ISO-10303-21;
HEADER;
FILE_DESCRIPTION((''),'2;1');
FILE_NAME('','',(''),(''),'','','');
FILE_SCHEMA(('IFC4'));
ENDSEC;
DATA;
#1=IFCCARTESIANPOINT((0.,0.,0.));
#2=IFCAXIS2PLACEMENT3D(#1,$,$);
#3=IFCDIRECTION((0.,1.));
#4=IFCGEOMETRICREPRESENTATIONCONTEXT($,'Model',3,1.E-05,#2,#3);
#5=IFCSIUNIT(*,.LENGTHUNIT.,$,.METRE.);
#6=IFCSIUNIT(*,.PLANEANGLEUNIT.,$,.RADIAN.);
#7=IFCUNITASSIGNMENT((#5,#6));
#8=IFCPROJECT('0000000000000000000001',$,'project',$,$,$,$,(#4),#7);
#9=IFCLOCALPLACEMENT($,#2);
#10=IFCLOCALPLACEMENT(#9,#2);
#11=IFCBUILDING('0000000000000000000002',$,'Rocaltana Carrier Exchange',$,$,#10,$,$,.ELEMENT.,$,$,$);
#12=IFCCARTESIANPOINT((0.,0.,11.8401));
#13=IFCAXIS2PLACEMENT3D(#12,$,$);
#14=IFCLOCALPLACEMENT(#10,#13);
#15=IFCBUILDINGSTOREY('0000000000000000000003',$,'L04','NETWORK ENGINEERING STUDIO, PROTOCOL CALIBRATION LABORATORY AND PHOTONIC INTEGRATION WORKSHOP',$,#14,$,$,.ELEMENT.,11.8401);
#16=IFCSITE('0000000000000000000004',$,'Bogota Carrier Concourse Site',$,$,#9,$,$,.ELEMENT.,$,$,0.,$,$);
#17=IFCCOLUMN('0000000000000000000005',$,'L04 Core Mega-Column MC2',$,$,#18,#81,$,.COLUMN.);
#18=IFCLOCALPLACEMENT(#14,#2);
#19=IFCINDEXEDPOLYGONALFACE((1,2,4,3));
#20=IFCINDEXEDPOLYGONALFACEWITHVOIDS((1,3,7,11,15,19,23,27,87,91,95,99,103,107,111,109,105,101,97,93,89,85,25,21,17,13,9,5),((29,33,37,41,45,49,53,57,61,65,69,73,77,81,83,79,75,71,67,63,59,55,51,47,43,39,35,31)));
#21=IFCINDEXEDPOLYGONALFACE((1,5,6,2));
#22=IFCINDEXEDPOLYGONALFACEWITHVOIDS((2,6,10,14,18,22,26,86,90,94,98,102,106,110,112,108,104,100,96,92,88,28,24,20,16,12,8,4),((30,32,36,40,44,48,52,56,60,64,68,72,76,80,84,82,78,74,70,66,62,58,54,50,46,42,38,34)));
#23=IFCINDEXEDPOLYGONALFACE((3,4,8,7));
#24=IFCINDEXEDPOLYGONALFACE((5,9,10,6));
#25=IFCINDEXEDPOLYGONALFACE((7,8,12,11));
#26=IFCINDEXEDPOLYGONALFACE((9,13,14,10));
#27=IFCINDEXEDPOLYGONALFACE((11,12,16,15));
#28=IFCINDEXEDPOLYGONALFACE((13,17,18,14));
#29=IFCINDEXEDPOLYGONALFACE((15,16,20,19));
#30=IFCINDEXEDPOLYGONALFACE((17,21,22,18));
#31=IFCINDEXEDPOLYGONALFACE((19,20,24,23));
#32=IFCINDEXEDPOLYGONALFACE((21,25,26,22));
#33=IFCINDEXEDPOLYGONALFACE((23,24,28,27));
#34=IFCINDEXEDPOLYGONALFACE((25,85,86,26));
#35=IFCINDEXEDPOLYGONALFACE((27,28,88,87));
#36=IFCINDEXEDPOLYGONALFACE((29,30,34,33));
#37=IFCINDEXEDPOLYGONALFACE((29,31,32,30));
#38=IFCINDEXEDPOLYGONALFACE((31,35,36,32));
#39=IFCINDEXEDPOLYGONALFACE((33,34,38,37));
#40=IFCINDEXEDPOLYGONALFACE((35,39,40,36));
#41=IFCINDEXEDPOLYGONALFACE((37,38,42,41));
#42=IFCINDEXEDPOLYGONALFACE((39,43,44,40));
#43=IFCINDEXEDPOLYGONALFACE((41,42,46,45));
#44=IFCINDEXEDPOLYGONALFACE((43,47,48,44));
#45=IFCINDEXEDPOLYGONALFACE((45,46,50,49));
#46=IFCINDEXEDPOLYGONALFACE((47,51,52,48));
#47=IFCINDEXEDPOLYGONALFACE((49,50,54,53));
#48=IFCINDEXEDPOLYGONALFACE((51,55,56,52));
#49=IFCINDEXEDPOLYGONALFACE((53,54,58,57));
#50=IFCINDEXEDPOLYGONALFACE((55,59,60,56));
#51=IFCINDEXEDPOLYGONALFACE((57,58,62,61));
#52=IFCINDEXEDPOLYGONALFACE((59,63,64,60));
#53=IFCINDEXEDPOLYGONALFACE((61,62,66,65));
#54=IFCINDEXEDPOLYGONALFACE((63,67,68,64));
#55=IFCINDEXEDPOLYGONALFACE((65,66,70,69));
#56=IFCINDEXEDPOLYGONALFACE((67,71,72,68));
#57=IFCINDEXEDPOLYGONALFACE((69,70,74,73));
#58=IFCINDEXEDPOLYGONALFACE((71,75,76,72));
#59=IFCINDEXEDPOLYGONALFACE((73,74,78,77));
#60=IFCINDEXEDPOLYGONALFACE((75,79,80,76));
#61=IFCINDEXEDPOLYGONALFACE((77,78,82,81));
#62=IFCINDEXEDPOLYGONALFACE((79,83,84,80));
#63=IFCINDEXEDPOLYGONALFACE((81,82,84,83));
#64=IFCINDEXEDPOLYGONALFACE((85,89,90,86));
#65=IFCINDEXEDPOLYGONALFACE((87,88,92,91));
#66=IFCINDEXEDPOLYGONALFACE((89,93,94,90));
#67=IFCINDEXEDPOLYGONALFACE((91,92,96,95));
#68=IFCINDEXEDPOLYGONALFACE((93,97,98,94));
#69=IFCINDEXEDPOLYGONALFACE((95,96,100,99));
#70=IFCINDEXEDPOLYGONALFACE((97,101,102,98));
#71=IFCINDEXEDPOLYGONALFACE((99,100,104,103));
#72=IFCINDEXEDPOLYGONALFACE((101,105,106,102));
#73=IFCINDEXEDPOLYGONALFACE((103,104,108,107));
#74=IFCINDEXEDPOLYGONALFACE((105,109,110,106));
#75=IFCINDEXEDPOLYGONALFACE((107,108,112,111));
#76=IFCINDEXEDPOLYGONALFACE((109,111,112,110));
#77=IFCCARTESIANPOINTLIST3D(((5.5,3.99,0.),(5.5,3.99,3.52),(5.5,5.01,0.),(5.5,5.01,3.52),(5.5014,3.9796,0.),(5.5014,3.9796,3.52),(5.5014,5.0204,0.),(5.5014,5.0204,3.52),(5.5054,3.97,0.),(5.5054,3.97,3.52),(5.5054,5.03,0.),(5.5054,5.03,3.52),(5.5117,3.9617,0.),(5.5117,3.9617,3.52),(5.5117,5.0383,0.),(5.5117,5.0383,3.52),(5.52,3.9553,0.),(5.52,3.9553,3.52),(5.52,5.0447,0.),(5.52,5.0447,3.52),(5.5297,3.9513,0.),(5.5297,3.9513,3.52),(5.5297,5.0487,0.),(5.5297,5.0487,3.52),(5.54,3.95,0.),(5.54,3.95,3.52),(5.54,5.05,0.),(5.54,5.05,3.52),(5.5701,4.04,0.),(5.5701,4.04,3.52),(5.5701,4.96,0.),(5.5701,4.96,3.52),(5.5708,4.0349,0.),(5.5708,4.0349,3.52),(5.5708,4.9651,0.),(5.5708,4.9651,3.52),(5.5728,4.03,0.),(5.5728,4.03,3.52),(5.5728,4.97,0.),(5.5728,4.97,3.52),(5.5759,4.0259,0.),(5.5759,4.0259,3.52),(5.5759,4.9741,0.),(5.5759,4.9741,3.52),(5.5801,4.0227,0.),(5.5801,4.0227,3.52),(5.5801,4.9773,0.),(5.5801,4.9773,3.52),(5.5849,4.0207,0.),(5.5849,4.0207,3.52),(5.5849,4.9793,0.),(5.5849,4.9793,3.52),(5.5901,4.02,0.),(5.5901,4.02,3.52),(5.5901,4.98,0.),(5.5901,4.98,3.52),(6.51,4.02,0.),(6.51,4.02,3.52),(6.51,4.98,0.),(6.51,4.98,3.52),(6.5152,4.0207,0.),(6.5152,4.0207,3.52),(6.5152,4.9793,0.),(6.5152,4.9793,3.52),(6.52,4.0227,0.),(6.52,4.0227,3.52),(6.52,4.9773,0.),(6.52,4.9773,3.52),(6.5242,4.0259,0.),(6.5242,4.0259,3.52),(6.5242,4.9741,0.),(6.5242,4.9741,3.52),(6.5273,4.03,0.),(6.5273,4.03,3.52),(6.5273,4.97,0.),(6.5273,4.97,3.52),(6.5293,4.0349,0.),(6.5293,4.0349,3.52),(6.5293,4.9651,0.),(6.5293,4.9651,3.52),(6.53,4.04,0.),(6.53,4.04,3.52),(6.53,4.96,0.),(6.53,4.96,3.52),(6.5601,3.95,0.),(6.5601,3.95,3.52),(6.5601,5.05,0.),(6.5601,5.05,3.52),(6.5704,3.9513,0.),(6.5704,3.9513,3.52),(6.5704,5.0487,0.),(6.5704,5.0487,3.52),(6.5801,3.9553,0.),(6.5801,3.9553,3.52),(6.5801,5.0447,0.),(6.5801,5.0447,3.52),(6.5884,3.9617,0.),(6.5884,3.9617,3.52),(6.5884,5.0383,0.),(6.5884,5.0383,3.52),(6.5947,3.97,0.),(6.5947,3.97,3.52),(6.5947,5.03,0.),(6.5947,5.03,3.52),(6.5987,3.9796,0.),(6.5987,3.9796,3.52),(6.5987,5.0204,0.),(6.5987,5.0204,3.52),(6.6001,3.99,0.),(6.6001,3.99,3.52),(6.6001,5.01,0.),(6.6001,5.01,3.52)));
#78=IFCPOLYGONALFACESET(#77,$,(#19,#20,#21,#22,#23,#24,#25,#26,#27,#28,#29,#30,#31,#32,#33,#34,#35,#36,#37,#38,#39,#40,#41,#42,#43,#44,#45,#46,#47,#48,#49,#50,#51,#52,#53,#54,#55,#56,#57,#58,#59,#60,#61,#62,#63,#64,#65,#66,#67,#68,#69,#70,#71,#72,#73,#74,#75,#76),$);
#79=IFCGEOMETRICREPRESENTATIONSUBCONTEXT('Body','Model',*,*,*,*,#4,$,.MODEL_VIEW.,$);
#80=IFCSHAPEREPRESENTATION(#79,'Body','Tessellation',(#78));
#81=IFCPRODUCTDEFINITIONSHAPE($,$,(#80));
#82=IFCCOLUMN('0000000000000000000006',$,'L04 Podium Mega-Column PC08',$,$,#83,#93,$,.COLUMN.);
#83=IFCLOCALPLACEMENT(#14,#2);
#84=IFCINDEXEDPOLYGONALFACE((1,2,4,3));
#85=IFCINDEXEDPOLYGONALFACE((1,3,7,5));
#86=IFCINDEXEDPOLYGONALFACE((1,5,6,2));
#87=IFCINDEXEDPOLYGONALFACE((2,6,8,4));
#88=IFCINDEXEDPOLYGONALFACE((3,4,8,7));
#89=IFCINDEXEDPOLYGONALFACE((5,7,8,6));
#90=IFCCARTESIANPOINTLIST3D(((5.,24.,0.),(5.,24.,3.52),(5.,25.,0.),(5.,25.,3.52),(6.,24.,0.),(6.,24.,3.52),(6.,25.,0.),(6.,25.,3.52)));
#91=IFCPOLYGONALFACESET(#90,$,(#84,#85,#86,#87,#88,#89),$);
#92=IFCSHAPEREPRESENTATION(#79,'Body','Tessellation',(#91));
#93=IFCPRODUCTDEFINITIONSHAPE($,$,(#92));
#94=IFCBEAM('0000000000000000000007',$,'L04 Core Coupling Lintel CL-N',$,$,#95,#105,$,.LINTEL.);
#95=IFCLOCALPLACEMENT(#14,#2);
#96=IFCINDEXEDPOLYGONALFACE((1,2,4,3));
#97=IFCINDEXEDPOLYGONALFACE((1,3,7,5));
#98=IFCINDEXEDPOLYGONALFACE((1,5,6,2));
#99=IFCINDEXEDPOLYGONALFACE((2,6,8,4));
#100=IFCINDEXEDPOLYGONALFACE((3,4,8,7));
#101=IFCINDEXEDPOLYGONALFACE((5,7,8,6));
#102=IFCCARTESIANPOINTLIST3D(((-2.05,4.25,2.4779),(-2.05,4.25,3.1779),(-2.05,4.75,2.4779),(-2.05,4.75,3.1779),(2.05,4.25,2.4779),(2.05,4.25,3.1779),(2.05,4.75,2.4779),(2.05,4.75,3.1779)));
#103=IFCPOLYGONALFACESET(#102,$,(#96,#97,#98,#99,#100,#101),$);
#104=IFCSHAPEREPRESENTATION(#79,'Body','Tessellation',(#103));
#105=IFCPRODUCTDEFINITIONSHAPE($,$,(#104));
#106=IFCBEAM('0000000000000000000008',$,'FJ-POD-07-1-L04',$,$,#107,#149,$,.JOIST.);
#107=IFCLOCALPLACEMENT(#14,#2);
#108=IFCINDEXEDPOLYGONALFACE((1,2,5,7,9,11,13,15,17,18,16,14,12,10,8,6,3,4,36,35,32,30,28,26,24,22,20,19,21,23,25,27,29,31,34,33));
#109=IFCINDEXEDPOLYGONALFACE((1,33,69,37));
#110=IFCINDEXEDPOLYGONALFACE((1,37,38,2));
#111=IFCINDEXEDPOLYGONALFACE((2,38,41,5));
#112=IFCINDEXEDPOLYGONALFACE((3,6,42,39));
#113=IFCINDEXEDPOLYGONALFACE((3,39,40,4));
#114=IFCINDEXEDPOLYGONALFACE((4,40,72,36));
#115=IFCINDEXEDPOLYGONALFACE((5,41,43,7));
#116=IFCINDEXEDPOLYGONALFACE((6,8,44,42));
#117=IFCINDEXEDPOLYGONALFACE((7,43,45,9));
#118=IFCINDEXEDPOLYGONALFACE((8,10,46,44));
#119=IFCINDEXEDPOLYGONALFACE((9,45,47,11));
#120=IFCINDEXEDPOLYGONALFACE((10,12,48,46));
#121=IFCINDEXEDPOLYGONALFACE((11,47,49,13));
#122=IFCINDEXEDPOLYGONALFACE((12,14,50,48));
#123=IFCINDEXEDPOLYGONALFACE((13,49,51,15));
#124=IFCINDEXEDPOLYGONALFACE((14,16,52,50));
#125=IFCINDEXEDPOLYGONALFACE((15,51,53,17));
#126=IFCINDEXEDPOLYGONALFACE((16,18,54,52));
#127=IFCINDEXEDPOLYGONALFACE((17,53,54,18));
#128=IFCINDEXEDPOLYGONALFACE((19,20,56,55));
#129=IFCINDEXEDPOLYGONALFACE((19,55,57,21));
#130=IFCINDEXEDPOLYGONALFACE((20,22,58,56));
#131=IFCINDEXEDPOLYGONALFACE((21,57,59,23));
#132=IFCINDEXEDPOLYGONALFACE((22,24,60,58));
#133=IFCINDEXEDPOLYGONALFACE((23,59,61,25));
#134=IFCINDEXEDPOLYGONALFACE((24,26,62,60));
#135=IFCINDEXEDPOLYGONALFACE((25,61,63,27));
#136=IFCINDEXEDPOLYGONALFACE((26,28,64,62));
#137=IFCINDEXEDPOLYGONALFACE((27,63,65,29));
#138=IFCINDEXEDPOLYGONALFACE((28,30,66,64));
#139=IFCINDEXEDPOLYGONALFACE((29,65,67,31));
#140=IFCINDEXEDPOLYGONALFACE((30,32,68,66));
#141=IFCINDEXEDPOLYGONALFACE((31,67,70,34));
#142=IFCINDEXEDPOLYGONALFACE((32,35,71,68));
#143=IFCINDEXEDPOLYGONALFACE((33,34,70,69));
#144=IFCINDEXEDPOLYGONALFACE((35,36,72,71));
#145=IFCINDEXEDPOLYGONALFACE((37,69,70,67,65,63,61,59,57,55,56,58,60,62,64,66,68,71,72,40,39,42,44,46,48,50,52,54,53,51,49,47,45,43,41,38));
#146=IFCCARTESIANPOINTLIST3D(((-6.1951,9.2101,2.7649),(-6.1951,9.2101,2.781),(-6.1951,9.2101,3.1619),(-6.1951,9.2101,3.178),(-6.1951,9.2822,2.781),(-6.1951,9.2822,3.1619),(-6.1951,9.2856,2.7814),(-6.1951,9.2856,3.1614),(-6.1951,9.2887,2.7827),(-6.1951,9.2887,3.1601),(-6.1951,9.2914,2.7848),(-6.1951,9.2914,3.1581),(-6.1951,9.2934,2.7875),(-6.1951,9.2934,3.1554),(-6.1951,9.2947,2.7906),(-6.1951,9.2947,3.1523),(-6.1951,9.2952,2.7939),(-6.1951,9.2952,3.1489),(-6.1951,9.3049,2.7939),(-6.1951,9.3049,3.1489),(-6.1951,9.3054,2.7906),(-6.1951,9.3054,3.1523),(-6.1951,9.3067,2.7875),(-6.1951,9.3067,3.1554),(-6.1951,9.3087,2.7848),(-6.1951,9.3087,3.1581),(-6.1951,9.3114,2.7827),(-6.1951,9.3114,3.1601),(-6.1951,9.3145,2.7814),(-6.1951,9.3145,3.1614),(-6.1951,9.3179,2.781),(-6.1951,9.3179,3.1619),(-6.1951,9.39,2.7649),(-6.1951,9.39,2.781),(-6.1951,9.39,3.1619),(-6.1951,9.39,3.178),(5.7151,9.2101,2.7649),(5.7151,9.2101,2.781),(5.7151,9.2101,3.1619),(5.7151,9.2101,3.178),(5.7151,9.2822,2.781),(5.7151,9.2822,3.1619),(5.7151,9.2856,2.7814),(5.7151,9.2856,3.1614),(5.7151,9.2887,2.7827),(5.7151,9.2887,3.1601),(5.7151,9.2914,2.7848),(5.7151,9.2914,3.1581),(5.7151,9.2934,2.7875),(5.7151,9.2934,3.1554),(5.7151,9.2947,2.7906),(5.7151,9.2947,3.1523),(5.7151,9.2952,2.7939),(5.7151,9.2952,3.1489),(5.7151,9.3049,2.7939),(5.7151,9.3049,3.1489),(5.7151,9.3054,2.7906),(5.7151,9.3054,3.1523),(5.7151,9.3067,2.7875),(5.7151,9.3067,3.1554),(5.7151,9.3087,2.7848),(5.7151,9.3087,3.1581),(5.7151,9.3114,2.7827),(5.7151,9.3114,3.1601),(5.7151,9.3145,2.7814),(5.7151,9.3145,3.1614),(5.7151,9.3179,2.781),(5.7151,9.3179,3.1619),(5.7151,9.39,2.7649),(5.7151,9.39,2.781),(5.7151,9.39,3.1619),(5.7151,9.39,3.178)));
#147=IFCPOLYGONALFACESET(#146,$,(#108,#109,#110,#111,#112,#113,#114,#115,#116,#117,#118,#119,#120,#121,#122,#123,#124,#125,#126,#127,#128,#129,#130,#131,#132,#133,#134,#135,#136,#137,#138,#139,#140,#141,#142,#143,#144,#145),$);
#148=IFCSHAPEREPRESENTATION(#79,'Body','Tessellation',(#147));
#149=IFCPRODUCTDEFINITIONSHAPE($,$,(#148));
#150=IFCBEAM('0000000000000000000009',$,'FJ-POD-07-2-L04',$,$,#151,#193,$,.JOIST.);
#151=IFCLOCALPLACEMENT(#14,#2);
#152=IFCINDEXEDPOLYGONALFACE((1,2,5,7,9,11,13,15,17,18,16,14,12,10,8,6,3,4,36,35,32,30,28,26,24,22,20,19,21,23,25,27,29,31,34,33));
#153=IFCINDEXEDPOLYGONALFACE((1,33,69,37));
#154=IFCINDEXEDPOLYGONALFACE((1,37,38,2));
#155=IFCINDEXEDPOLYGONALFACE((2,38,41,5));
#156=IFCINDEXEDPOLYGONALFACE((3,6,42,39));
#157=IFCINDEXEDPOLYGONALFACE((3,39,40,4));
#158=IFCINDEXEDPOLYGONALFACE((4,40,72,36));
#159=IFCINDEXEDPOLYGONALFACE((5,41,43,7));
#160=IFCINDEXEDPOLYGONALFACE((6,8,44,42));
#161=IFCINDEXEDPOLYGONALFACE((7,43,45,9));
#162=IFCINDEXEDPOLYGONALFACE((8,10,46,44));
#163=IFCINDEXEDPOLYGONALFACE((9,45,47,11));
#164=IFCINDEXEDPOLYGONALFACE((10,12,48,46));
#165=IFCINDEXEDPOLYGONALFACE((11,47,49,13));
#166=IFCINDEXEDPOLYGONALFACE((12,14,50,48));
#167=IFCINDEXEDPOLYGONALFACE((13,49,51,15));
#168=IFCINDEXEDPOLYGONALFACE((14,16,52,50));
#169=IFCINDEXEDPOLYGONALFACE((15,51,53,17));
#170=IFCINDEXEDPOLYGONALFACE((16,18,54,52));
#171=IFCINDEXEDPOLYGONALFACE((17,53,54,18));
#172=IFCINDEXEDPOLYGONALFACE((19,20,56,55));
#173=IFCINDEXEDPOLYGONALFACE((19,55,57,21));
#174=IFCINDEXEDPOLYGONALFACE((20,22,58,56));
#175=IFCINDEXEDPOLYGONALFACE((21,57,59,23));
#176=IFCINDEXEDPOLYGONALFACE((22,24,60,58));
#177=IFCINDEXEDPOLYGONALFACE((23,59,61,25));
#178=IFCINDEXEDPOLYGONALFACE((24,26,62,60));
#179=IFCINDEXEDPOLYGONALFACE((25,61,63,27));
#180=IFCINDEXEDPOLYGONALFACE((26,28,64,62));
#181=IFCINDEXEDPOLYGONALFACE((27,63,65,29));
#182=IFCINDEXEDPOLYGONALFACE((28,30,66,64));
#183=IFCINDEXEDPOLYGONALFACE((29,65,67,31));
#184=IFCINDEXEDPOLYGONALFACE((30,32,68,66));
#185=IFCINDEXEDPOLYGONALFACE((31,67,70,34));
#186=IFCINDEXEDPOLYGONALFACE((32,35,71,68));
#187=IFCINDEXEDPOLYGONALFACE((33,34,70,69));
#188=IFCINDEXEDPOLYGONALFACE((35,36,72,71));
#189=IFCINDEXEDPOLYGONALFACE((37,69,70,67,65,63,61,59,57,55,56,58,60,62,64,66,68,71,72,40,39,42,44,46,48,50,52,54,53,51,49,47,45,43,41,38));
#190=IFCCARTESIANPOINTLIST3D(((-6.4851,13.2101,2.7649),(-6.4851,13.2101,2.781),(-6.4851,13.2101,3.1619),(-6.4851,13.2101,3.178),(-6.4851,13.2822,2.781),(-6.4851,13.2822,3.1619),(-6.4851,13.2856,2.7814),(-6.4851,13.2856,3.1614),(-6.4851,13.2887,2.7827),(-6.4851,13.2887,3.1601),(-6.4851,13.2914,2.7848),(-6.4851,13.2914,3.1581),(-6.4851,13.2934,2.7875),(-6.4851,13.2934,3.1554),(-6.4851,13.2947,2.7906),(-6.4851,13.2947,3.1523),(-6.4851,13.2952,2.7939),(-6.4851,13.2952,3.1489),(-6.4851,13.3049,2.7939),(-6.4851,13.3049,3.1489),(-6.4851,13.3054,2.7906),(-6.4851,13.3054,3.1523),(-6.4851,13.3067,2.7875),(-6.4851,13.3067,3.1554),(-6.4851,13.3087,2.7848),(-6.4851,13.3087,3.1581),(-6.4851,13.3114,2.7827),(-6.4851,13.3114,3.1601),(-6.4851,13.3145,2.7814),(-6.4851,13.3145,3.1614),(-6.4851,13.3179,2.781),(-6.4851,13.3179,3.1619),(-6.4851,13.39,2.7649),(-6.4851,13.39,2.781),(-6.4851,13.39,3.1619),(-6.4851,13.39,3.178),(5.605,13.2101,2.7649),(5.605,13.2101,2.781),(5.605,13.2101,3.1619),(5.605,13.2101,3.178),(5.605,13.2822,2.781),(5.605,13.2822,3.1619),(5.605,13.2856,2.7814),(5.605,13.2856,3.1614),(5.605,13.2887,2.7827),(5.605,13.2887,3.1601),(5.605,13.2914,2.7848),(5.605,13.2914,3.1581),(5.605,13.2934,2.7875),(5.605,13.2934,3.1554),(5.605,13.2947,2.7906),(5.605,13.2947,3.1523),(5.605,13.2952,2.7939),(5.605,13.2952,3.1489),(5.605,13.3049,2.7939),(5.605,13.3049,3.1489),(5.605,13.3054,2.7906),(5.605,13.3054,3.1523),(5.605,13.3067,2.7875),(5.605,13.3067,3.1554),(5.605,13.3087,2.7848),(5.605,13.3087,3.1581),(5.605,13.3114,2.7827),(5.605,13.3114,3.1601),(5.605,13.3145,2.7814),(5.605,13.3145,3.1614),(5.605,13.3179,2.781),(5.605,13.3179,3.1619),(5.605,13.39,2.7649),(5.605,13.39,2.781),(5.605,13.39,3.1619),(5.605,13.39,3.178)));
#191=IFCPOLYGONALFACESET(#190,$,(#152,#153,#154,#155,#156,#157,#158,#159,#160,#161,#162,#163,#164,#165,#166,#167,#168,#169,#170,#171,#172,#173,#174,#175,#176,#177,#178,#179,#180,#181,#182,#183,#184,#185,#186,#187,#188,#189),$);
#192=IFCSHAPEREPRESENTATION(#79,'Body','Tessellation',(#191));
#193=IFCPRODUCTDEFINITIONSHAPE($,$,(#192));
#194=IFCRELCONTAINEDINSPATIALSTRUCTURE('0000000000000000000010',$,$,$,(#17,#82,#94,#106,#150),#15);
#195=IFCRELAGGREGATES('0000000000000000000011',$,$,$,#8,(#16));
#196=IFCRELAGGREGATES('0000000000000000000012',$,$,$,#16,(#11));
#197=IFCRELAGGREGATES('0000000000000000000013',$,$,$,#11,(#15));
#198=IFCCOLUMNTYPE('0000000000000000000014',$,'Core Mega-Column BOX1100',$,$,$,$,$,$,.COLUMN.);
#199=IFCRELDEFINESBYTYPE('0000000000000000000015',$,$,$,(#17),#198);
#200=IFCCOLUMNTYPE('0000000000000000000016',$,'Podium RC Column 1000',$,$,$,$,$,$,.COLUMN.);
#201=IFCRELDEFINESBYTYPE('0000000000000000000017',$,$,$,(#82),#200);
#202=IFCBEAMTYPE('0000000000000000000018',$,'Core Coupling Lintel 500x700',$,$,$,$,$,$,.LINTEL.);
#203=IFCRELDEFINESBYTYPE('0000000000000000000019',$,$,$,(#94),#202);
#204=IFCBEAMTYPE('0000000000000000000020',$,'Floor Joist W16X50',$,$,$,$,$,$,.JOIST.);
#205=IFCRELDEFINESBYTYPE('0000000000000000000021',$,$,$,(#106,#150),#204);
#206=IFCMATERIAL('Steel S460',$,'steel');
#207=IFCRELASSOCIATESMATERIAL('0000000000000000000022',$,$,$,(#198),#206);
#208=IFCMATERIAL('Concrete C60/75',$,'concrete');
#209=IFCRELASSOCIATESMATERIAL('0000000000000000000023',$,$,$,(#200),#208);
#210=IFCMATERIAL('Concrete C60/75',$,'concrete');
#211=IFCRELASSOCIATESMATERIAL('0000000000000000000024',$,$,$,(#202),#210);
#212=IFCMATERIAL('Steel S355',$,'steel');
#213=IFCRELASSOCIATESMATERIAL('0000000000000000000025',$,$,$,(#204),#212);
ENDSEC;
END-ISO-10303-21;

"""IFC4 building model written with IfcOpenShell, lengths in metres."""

from ifc_helpers import new_model, si_unit, direction, frame, origin, origin_2d, place, context, subcontext, project, spatial, rectangle, hollow_rectangle, i_section, extrude, material, material_profile, profile_set, type_object, element, save


model = new_model("IFC4")

# Units and contexts
model_context = context("Model", 3, precision=1e-05, world=origin(), true_north=direction((0.0, 1.0)))
body_context = subcontext(model_context, "Body", "Model", "MODEL_VIEW")
ifc_project = project(units=[si_unit("LENGTHUNIT", "METRE"), si_unit("PLANEANGLEUNIT", "RADIAN")], contexts=[model_context])

# Site, building, storey
site_placement = place(None, origin())
site = spatial("IfcSite", under=ifc_project, at=site_placement, Name="Bogota Carrier Concourse Site", CompositionType="ELEMENT", RefElevation=0.0)
building_placement = place(site_placement, origin())
building = spatial("IfcBuilding", under=site, at=building_placement, Name="Rocaltana Carrier Exchange", CompositionType="ELEMENT")
storey_placement = place(building_placement, frame((0.0, 0.0, 11.8401)))
storey = spatial("IfcBuildingStorey", under=building, at=storey_placement, Name="L04", Description="NETWORK ENGINEERING STUDIO, PROTOCOL CALIBRATION LABORATORY AND PHOTONIC INTEGRATION WORKSHOP", CompositionType="ELEMENT", Elevation=11.8401)

# Columns
ifc_material_1 = material(Name="Steel S460", Category="steel")
ifc_material_profile_1 = material_profile(ifc_material_1, hollow_rectangle(XDim=1.1001, YDim=1.1001, WallThickness=0.0701, InnerFilletRadius=0.02, OuterFilletRadius=0.04, at=origin_2d()), Name="BOX1100X1100X70")
ifc_profile_set_1 = profile_set([ifc_material_profile_1], Name="Steel S460")
column_type_1 = type_object("IfcColumnType", Name="Core Mega-Column BOX1100", PredefinedType="COLUMN", material=ifc_profile_set_1)
column_1_placement = place(storey_placement, frame((6.05, 4.5, 0.0), z_axis=(0.0, 0.0, 1.0), x_axis=(1.0, 0.0, 0.0)))
element("IfcColumn", 1, at=column_1_placement, inside=storey, type_object=column_type_1, Name="L04 Core Mega-Column MC2", PredefinedType="COLUMN", context=body_context, shape_type="SweptSolid", body=[
    extrude(hollow_rectangle(XDim=1.1001, YDim=1.1001, WallThickness=0.0701, InnerFilletRadius=0.02, OuterFilletRadius=0.04, at=origin_2d()), origin(), (0.0, 0.0, 1.0), 3.52),
])
ifc_material_2 = material(Name="Concrete C60/75", Category="concrete")
ifc_material_profile_2 = material_profile(ifc_material_2, rectangle(XDim=1.0, YDim=1.0, at=origin_2d()), Name="RC-COL-1000X1000")
ifc_profile_set_2 = profile_set([ifc_material_profile_2], Name="Concrete C60/75")
column_type_2 = type_object("IfcColumnType", Name="Podium RC Column 1000", PredefinedType="COLUMN", material=ifc_profile_set_2)
column_2_placement = place(storey_placement, frame((5.5, 24.5, 0.0), z_axis=(0.0, 0.0, 1.0), x_axis=(1.0, 0.0, 0.0)))
element("IfcColumn", 2, at=column_2_placement, inside=storey, type_object=column_type_2, Name="L04 Podium Mega-Column PC08", PredefinedType="COLUMN", context=body_context, shape_type="SweptSolid", body=[
    extrude(rectangle(XDim=1.0, YDim=1.0, at=origin_2d()), origin(), (0.0, 0.0, 1.0), 3.52),
])

# Beams
ifc_material_3 = material(Name="Concrete C60/75", Category="concrete")
ifc_material_profile_3 = material_profile(ifc_material_3, rectangle(XDim=0.5, YDim=0.7, at=origin_2d()), Name="RC-BM-500X700")
ifc_profile_set_3 = profile_set([ifc_material_profile_3], Name="Concrete C60/75")
beam_type_1 = type_object("IfcBeamType", Name="Core Coupling Lintel 500x700", PredefinedType="LINTEL", material=ifc_profile_set_3)
beam_1_placement = place(storey_placement, frame((-2.05, 4.5, 2.8279), z_axis=(1.0, 0.0, 0.0), x_axis=(0.0, 1.0, 0.0)))
element("IfcBeam", 3, at=beam_1_placement, inside=storey, type_object=beam_type_1, Name="L04 Core Coupling Lintel CL-N", PredefinedType="LINTEL", context=body_context, shape_type="SweptSolid", body=[
    extrude(rectangle(XDim=0.5, YDim=0.7, at=origin_2d()), origin(), (0.0, 0.0, 1.0), 4.1001),
])
ifc_material_4 = material(Name="Steel S355", Category="steel")
ifc_material_profile_4 = material_profile(ifc_material_4, i_section(OverallWidth=0.1799, OverallDepth=0.4131, WebThickness=0.0098, FlangeThickness=0.0161, FilletRadius=0.0129, at=origin_2d()), Name="W16X50")
ifc_profile_set_4 = profile_set([ifc_material_profile_4], Name="Steel S355")
beam_type_2 = type_object("IfcBeamType", Name="Floor Joist W16X50", PredefinedType="JOIST", material=ifc_profile_set_4)
beam_2_placement = place(storey_placement, frame((5.7151, 9.3, 2.9714), z_axis=(-1.0, 0.0, 0.0), x_axis=(0.0, -1.0, 0.0)))
element("IfcBeam", 4, at=beam_2_placement, inside=storey, type_object=beam_type_2, Name="FJ-POD-07-1-L04", PredefinedType="JOIST", context=body_context, shape_type="SweptSolid", body=[
    extrude(i_section(OverallWidth=0.1799, OverallDepth=0.4131, WebThickness=0.0098, FlangeThickness=0.0161, FilletRadius=0.0129, at=origin_2d()), origin(), (0.0, 0.0, 1.0), 11.9102),
])
beam_3_placement = place(storey_placement, frame((5.605, 13.3, 2.9714), z_axis=(-1.0, 0.0, 0.0), x_axis=(0.0, -1.0, 0.0)))
element("IfcBeam", 5, at=beam_3_placement, inside=storey, type_object=beam_type_2, Name="FJ-POD-07-2-L04", PredefinedType="JOIST", context=body_context, shape_type="SweptSolid", body=[
    extrude(i_section(OverallWidth=0.1799, OverallDepth=0.4131, WebThickness=0.0098, FlangeThickness=0.0161, FilletRadius=0.0129, at=origin_2d()), origin(), (0.0, 0.0, 1.0), 12.0901),
])

save(model, "model.ifc")
